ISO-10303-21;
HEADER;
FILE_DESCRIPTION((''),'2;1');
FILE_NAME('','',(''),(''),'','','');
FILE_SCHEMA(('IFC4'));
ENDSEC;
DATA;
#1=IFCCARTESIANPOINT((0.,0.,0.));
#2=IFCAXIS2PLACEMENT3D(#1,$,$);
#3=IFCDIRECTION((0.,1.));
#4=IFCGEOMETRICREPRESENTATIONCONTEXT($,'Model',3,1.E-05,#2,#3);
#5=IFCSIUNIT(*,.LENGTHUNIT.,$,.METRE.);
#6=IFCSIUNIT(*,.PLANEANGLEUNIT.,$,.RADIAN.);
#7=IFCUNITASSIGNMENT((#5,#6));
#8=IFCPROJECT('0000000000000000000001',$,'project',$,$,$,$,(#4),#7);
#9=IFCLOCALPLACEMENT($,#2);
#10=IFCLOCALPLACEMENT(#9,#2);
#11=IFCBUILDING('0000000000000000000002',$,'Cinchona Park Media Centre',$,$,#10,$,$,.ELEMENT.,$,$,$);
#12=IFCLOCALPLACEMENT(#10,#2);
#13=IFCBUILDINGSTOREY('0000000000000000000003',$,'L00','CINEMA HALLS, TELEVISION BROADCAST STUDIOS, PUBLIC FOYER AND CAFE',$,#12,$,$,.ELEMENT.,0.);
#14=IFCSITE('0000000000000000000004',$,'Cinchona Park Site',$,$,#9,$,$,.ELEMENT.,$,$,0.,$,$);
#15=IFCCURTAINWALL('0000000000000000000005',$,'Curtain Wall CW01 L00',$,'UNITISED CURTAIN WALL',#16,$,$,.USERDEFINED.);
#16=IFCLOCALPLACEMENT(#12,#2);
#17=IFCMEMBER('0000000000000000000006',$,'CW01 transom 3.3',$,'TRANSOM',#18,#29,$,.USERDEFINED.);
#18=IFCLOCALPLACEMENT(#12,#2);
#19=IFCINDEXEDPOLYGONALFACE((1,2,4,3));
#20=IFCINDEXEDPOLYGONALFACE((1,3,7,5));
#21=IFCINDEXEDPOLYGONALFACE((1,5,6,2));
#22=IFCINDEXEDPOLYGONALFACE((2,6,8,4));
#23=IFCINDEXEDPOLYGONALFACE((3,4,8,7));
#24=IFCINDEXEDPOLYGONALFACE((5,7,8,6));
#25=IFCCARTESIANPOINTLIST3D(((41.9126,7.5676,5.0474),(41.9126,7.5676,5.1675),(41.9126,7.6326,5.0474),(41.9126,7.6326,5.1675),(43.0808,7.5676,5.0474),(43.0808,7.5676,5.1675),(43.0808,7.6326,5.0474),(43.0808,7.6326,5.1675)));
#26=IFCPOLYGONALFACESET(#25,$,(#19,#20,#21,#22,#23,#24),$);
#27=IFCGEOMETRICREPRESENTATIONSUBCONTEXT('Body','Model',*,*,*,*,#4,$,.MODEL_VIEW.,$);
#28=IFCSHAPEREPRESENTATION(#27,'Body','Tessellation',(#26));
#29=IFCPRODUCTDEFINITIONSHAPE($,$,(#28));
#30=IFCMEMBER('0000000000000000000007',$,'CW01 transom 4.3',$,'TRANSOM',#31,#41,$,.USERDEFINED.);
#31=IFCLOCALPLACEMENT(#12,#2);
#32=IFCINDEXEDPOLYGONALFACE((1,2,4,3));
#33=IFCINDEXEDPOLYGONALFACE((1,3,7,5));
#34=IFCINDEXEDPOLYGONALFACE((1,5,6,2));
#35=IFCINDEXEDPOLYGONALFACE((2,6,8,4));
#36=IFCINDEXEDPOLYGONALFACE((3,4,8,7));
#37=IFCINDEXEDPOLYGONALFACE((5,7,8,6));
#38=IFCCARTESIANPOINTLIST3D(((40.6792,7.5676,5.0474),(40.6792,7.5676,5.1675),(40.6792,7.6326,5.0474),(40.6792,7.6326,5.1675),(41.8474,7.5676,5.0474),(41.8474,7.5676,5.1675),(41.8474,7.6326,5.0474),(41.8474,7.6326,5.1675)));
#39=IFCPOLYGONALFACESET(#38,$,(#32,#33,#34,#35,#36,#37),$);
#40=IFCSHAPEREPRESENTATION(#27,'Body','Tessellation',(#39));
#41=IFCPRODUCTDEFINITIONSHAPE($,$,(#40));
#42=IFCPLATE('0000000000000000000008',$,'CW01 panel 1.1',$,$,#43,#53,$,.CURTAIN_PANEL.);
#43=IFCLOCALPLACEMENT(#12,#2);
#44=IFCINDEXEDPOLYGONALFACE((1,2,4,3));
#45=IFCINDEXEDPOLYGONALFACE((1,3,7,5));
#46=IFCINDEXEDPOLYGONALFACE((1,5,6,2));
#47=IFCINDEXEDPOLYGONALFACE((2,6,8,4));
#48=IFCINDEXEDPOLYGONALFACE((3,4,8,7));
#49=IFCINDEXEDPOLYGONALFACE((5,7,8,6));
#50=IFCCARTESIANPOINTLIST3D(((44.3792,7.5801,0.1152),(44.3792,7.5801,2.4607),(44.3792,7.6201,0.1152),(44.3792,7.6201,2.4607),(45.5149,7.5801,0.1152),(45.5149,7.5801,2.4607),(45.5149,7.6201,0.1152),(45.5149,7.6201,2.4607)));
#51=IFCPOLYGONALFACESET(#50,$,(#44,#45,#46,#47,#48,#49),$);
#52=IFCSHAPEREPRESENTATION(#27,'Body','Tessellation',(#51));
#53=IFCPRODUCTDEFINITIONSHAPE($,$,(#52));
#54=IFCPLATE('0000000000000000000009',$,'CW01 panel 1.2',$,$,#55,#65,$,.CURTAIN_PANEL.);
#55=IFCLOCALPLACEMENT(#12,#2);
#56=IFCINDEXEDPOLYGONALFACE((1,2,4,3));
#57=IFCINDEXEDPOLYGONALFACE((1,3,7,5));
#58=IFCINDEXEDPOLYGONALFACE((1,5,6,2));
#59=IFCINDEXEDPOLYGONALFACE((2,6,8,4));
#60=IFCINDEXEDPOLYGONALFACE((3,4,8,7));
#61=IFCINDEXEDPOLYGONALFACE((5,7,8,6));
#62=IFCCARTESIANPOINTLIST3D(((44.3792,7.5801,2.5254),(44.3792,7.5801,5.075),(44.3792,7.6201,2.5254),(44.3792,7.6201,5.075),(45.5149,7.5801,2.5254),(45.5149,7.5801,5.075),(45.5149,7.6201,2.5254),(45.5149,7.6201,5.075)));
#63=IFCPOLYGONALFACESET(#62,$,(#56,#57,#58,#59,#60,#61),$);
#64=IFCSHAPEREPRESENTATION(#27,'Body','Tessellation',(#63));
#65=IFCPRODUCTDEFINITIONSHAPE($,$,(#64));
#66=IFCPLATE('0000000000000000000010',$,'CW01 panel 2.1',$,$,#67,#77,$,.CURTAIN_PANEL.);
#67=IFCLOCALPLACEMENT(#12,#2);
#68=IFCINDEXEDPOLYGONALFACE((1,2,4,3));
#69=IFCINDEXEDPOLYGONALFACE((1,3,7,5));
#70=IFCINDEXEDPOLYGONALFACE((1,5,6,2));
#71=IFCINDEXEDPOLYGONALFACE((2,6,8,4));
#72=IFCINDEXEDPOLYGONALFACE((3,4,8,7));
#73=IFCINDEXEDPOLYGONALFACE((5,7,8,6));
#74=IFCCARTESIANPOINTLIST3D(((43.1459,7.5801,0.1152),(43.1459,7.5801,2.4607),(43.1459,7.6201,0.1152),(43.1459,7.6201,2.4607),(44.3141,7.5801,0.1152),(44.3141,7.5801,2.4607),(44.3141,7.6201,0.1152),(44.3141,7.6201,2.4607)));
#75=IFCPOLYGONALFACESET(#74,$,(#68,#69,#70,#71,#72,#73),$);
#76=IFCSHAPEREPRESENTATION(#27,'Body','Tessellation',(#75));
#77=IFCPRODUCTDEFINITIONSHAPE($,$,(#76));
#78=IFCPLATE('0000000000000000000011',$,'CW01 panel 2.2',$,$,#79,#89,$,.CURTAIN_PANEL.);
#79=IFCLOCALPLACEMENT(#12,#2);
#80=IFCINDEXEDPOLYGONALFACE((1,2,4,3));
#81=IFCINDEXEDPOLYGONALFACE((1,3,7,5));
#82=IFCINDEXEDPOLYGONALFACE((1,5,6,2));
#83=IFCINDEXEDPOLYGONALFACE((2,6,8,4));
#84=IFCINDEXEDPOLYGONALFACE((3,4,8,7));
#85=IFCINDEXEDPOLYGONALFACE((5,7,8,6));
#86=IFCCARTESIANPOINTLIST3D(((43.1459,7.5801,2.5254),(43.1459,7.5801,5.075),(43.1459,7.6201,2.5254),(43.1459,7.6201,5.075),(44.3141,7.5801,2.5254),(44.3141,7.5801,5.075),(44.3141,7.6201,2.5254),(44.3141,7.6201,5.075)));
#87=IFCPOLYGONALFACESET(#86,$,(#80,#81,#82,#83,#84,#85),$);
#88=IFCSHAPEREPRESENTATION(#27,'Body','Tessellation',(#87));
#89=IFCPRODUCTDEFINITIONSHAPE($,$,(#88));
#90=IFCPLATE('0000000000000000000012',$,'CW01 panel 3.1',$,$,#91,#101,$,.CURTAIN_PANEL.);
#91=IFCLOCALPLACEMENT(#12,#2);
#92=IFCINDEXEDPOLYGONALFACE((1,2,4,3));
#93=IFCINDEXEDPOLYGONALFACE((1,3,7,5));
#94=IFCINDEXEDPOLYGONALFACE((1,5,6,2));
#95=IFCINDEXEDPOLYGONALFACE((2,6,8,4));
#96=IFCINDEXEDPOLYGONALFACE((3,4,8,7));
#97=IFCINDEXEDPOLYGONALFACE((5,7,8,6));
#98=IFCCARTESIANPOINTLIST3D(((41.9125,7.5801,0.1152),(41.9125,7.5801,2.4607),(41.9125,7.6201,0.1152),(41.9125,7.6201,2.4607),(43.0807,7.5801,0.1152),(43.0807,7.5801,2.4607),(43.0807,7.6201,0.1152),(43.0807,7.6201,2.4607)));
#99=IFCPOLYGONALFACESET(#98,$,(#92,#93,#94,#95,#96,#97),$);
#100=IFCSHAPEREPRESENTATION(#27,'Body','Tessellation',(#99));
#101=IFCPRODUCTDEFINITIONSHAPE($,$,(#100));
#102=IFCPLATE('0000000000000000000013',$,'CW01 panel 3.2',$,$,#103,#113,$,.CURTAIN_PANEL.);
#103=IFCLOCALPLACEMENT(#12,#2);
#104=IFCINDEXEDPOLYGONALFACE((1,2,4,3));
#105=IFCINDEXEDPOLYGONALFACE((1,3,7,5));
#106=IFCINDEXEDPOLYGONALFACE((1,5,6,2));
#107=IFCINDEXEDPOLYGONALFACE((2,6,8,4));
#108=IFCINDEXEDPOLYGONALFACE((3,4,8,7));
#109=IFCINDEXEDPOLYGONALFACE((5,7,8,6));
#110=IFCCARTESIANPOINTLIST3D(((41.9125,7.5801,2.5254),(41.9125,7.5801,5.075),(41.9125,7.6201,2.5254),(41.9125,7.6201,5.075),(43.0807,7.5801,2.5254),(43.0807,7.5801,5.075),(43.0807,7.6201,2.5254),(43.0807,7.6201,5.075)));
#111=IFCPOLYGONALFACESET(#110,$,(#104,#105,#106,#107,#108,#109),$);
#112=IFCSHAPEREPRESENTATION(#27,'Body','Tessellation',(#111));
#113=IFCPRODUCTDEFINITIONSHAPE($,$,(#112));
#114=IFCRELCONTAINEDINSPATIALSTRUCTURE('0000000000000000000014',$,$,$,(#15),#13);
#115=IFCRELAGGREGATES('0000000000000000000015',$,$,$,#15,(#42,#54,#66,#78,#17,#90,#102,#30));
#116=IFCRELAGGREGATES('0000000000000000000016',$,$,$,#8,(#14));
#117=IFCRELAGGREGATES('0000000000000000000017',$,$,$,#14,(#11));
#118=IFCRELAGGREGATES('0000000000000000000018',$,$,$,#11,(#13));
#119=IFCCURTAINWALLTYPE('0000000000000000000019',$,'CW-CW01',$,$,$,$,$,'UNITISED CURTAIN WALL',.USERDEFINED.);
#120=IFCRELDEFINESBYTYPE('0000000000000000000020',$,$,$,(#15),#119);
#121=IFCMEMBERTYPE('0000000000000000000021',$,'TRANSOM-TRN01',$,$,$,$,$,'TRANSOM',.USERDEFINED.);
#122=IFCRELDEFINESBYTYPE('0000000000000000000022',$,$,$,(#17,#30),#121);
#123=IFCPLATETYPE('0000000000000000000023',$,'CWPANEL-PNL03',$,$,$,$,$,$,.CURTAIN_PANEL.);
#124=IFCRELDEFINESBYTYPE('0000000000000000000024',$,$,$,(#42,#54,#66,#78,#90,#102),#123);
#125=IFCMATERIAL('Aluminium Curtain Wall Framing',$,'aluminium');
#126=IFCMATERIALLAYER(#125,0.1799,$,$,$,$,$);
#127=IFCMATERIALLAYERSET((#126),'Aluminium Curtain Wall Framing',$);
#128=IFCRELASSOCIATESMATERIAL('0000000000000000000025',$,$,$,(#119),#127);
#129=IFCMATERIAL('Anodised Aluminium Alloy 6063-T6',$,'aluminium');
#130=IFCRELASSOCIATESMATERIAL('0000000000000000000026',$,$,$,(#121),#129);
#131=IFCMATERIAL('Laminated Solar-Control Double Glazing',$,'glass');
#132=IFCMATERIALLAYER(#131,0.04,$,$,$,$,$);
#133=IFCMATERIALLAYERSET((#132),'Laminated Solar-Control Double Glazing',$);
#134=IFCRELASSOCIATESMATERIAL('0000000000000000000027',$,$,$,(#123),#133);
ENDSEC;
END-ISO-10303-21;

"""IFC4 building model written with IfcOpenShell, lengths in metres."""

from ifc_helpers import new_model, si_unit, direction, frame, origin, origin_2d, place, context, subcontext, project, spatial, rectangle, extrude, material, layer, layer_set, material_profile, profile_set, type_object, element, aggregate, save


model = new_model("IFC4")

# Units and contexts
model_context = context("Model", 3, precision=1e-05, world=origin(), true_north=direction((0.0, 1.0)))
body_context = subcontext(model_context, "Body", "Model", "MODEL_VIEW")
ifc_project = project(units=[si_unit("LENGTHUNIT", "METRE"), si_unit("PLANEANGLEUNIT", "RADIAN")], contexts=[model_context])

# Site, building, storey
site_placement = place(None, origin())
site = spatial("IfcSite", under=ifc_project, at=site_placement, Name="Cinchona Park Site", CompositionType="ELEMENT", RefElevation=0.0)
building_placement = place(site_placement, origin())
building = spatial("IfcBuilding", under=site, at=building_placement, Name="Cinchona Park Media Centre", CompositionType="ELEMENT")
storey_placement = place(building_placement, origin())
storey = spatial("IfcBuildingStorey", under=building, at=storey_placement, Name="L00", Description="CINEMA HALLS, TELEVISION BROADCAST STUDIOS, PUBLIC FOYER AND CAFE", CompositionType="ELEMENT", Elevation=0.0)

# Curtain wall, members, plates
ifc_material_1 = material(Name="Aluminium Curtain Wall Framing", Category="aluminium")
ifc_layer_1 = layer(ifc_material_1, 0.1799)
ifc_layer_set_1 = layer_set([ifc_layer_1], Name="Aluminium Curtain Wall Framing")
curtain_wall_type = type_object("IfcCurtainWallType", Name="CW-CW01", ElementType="UNITISED CURTAIN WALL", PredefinedType="USERDEFINED", material=ifc_layer_set_1)
curtain_wall_placement = place(storey_placement, origin())
curtain_wall = element("IfcCurtainWall", 1, at=curtain_wall_placement, inside=storey, type_object=curtain_wall_type, Name="Curtain Wall CW01 L00", ObjectType="UNITISED CURTAIN WALL", PredefinedType="USERDEFINED")
ifc_material_2 = material(Name="Anodised Aluminium Alloy 6063-T6", Category="aluminium")
ifc_material_profile_1 = material_profile(ifc_material_2, rectangle(XDim=0.0649, YDim=0.1201, at=origin_2d()), Name="TRN-65X120")
ifc_profile_set_1 = profile_set([ifc_material_profile_1], Name="Anodised Aluminium Alloy 6063-T6")
member_type_1 = type_object("IfcMemberType", Name="TRANSOM-TRN01", ElementType="TRANSOM", PredefinedType="USERDEFINED", material=ifc_profile_set_1)
member_1_placement = place(storey_placement, frame((43.0808, 7.6001, 5.1074), z_axis=(-1.0, 0.0, 0.0), x_axis=(0.0, -1.0, 0.0)))
member_1 = element("IfcMember", 2, at=member_1_placement, type_object=member_type_1, Name="CW01 transom 3.3", ObjectType="TRANSOM", PredefinedType="USERDEFINED", context=body_context, shape_type="SweptSolid", body=[
    extrude(rectangle(XDim=0.0649, YDim=0.1201, at=origin_2d()), origin(), (0.0, 0.0, 1.0), 1.1682),
])
member_2_placement = place(storey_placement, frame((41.8474, 7.6001, 5.1074), z_axis=(-1.0, 0.0, 0.0), x_axis=(0.0, -1.0, 0.0)))
member_2 = element("IfcMember", 3, at=member_2_placement, type_object=member_type_1, Name="CW01 transom 4.3", ObjectType="TRANSOM", PredefinedType="USERDEFINED", context=body_context, shape_type="SweptSolid", body=[
    extrude(rectangle(XDim=0.0649, YDim=0.1201, at=origin_2d()), origin(), (0.0, 0.0, 1.0), 1.1682),
])
ifc_material_3 = material(Name="Laminated Solar-Control Double Glazing", Category="glass")
ifc_layer_2 = layer(ifc_material_3, 0.04)
ifc_layer_set_2 = layer_set([ifc_layer_2], Name="Laminated Solar-Control Double Glazing")
plate_type = type_object("IfcPlateType", Name="CWPANEL-PNL03", PredefinedType="CURTAIN_PANEL", material=ifc_layer_set_2)
plate_1_placement = place(storey_placement, frame((44.947, 7.6001, 0.1152), z_axis=(0.0, 0.0, 1.0), x_axis=(-1.0, 0.0, 0.0)))
plate_1 = element("IfcPlate", 4, at=plate_1_placement, type_object=plate_type, Name="CW01 panel 1.1", PredefinedType="CURTAIN_PANEL", context=body_context, shape_type="SweptSolid", body=[
    extrude(rectangle(XDim=1.1357, YDim=0.04, at=origin_2d()), origin(), (0.0, 0.0, 1.0), 2.3455),
])
plate_2_placement = place(storey_placement, frame((44.947, 7.6001, 2.5254), z_axis=(0.0, 0.0, 1.0), x_axis=(-1.0, 0.0, 0.0)))
plate_2 = element("IfcPlate", 5, at=plate_2_placement, type_object=plate_type, Name="CW01 panel 1.2", PredefinedType="CURTAIN_PANEL", context=body_context, shape_type="SweptSolid", body=[
    extrude(rectangle(XDim=1.1357, YDim=0.04, at=origin_2d()), origin(), (0.0, 0.0, 1.0), 2.5496),
])
plate_3_placement = place(storey_placement, frame((43.73, 7.6001, 0.1152), z_axis=(0.0, 0.0, 1.0), x_axis=(-1.0, 0.0, 0.0)))
plate_3 = element("IfcPlate", 6, at=plate_3_placement, type_object=plate_type, Name="CW01 panel 2.1", PredefinedType="CURTAIN_PANEL", context=body_context, shape_type="SweptSolid", body=[
    extrude(rectangle(XDim=1.1682, YDim=0.04, at=origin_2d()), origin(), (0.0, 0.0, 1.0), 2.3455),
])
plate_4_placement = place(storey_placement, frame((43.73, 7.6001, 2.5254), z_axis=(0.0, 0.0, 1.0), x_axis=(-1.0, 0.0, 0.0)))
plate_4 = element("IfcPlate", 7, at=plate_4_placement, type_object=plate_type, Name="CW01 panel 2.2", PredefinedType="CURTAIN_PANEL", context=body_context, shape_type="SweptSolid", body=[
    extrude(rectangle(XDim=1.1682, YDim=0.04, at=origin_2d()), origin(), (0.0, 0.0, 1.0), 2.5496),
])
plate_5_placement = place(storey_placement, frame((42.4966, 7.6001, 0.1152), z_axis=(0.0, 0.0, 1.0), x_axis=(-1.0, 0.0, 0.0)))
plate_5 = element("IfcPlate", 8, at=plate_5_placement, type_object=plate_type, Name="CW01 panel 3.1", PredefinedType="CURTAIN_PANEL", context=body_context, shape_type="SweptSolid", body=[
    extrude(rectangle(XDim=1.1682, YDim=0.04, at=origin_2d()), origin(), (0.0, 0.0, 1.0), 2.3455),
])
plate_6_placement = place(storey_placement, frame((42.4966, 7.6001, 2.5254), z_axis=(0.0, 0.0, 1.0), x_axis=(-1.0, 0.0, 0.0)))
plate_6 = element("IfcPlate", 9, at=plate_6_placement, type_object=plate_type, Name="CW01 panel 3.2", PredefinedType="CURTAIN_PANEL", context=body_context, shape_type="SweptSolid", body=[
    extrude(rectangle(XDim=1.1682, YDim=0.04, at=origin_2d()), origin(), (0.0, 0.0, 1.0), 2.5496),
])
aggregate(curtain_wall, [plate_1, plate_2, plate_3, plate_4, member_1, plate_5, plate_6, member_2])

save(model, "model.ifc")
